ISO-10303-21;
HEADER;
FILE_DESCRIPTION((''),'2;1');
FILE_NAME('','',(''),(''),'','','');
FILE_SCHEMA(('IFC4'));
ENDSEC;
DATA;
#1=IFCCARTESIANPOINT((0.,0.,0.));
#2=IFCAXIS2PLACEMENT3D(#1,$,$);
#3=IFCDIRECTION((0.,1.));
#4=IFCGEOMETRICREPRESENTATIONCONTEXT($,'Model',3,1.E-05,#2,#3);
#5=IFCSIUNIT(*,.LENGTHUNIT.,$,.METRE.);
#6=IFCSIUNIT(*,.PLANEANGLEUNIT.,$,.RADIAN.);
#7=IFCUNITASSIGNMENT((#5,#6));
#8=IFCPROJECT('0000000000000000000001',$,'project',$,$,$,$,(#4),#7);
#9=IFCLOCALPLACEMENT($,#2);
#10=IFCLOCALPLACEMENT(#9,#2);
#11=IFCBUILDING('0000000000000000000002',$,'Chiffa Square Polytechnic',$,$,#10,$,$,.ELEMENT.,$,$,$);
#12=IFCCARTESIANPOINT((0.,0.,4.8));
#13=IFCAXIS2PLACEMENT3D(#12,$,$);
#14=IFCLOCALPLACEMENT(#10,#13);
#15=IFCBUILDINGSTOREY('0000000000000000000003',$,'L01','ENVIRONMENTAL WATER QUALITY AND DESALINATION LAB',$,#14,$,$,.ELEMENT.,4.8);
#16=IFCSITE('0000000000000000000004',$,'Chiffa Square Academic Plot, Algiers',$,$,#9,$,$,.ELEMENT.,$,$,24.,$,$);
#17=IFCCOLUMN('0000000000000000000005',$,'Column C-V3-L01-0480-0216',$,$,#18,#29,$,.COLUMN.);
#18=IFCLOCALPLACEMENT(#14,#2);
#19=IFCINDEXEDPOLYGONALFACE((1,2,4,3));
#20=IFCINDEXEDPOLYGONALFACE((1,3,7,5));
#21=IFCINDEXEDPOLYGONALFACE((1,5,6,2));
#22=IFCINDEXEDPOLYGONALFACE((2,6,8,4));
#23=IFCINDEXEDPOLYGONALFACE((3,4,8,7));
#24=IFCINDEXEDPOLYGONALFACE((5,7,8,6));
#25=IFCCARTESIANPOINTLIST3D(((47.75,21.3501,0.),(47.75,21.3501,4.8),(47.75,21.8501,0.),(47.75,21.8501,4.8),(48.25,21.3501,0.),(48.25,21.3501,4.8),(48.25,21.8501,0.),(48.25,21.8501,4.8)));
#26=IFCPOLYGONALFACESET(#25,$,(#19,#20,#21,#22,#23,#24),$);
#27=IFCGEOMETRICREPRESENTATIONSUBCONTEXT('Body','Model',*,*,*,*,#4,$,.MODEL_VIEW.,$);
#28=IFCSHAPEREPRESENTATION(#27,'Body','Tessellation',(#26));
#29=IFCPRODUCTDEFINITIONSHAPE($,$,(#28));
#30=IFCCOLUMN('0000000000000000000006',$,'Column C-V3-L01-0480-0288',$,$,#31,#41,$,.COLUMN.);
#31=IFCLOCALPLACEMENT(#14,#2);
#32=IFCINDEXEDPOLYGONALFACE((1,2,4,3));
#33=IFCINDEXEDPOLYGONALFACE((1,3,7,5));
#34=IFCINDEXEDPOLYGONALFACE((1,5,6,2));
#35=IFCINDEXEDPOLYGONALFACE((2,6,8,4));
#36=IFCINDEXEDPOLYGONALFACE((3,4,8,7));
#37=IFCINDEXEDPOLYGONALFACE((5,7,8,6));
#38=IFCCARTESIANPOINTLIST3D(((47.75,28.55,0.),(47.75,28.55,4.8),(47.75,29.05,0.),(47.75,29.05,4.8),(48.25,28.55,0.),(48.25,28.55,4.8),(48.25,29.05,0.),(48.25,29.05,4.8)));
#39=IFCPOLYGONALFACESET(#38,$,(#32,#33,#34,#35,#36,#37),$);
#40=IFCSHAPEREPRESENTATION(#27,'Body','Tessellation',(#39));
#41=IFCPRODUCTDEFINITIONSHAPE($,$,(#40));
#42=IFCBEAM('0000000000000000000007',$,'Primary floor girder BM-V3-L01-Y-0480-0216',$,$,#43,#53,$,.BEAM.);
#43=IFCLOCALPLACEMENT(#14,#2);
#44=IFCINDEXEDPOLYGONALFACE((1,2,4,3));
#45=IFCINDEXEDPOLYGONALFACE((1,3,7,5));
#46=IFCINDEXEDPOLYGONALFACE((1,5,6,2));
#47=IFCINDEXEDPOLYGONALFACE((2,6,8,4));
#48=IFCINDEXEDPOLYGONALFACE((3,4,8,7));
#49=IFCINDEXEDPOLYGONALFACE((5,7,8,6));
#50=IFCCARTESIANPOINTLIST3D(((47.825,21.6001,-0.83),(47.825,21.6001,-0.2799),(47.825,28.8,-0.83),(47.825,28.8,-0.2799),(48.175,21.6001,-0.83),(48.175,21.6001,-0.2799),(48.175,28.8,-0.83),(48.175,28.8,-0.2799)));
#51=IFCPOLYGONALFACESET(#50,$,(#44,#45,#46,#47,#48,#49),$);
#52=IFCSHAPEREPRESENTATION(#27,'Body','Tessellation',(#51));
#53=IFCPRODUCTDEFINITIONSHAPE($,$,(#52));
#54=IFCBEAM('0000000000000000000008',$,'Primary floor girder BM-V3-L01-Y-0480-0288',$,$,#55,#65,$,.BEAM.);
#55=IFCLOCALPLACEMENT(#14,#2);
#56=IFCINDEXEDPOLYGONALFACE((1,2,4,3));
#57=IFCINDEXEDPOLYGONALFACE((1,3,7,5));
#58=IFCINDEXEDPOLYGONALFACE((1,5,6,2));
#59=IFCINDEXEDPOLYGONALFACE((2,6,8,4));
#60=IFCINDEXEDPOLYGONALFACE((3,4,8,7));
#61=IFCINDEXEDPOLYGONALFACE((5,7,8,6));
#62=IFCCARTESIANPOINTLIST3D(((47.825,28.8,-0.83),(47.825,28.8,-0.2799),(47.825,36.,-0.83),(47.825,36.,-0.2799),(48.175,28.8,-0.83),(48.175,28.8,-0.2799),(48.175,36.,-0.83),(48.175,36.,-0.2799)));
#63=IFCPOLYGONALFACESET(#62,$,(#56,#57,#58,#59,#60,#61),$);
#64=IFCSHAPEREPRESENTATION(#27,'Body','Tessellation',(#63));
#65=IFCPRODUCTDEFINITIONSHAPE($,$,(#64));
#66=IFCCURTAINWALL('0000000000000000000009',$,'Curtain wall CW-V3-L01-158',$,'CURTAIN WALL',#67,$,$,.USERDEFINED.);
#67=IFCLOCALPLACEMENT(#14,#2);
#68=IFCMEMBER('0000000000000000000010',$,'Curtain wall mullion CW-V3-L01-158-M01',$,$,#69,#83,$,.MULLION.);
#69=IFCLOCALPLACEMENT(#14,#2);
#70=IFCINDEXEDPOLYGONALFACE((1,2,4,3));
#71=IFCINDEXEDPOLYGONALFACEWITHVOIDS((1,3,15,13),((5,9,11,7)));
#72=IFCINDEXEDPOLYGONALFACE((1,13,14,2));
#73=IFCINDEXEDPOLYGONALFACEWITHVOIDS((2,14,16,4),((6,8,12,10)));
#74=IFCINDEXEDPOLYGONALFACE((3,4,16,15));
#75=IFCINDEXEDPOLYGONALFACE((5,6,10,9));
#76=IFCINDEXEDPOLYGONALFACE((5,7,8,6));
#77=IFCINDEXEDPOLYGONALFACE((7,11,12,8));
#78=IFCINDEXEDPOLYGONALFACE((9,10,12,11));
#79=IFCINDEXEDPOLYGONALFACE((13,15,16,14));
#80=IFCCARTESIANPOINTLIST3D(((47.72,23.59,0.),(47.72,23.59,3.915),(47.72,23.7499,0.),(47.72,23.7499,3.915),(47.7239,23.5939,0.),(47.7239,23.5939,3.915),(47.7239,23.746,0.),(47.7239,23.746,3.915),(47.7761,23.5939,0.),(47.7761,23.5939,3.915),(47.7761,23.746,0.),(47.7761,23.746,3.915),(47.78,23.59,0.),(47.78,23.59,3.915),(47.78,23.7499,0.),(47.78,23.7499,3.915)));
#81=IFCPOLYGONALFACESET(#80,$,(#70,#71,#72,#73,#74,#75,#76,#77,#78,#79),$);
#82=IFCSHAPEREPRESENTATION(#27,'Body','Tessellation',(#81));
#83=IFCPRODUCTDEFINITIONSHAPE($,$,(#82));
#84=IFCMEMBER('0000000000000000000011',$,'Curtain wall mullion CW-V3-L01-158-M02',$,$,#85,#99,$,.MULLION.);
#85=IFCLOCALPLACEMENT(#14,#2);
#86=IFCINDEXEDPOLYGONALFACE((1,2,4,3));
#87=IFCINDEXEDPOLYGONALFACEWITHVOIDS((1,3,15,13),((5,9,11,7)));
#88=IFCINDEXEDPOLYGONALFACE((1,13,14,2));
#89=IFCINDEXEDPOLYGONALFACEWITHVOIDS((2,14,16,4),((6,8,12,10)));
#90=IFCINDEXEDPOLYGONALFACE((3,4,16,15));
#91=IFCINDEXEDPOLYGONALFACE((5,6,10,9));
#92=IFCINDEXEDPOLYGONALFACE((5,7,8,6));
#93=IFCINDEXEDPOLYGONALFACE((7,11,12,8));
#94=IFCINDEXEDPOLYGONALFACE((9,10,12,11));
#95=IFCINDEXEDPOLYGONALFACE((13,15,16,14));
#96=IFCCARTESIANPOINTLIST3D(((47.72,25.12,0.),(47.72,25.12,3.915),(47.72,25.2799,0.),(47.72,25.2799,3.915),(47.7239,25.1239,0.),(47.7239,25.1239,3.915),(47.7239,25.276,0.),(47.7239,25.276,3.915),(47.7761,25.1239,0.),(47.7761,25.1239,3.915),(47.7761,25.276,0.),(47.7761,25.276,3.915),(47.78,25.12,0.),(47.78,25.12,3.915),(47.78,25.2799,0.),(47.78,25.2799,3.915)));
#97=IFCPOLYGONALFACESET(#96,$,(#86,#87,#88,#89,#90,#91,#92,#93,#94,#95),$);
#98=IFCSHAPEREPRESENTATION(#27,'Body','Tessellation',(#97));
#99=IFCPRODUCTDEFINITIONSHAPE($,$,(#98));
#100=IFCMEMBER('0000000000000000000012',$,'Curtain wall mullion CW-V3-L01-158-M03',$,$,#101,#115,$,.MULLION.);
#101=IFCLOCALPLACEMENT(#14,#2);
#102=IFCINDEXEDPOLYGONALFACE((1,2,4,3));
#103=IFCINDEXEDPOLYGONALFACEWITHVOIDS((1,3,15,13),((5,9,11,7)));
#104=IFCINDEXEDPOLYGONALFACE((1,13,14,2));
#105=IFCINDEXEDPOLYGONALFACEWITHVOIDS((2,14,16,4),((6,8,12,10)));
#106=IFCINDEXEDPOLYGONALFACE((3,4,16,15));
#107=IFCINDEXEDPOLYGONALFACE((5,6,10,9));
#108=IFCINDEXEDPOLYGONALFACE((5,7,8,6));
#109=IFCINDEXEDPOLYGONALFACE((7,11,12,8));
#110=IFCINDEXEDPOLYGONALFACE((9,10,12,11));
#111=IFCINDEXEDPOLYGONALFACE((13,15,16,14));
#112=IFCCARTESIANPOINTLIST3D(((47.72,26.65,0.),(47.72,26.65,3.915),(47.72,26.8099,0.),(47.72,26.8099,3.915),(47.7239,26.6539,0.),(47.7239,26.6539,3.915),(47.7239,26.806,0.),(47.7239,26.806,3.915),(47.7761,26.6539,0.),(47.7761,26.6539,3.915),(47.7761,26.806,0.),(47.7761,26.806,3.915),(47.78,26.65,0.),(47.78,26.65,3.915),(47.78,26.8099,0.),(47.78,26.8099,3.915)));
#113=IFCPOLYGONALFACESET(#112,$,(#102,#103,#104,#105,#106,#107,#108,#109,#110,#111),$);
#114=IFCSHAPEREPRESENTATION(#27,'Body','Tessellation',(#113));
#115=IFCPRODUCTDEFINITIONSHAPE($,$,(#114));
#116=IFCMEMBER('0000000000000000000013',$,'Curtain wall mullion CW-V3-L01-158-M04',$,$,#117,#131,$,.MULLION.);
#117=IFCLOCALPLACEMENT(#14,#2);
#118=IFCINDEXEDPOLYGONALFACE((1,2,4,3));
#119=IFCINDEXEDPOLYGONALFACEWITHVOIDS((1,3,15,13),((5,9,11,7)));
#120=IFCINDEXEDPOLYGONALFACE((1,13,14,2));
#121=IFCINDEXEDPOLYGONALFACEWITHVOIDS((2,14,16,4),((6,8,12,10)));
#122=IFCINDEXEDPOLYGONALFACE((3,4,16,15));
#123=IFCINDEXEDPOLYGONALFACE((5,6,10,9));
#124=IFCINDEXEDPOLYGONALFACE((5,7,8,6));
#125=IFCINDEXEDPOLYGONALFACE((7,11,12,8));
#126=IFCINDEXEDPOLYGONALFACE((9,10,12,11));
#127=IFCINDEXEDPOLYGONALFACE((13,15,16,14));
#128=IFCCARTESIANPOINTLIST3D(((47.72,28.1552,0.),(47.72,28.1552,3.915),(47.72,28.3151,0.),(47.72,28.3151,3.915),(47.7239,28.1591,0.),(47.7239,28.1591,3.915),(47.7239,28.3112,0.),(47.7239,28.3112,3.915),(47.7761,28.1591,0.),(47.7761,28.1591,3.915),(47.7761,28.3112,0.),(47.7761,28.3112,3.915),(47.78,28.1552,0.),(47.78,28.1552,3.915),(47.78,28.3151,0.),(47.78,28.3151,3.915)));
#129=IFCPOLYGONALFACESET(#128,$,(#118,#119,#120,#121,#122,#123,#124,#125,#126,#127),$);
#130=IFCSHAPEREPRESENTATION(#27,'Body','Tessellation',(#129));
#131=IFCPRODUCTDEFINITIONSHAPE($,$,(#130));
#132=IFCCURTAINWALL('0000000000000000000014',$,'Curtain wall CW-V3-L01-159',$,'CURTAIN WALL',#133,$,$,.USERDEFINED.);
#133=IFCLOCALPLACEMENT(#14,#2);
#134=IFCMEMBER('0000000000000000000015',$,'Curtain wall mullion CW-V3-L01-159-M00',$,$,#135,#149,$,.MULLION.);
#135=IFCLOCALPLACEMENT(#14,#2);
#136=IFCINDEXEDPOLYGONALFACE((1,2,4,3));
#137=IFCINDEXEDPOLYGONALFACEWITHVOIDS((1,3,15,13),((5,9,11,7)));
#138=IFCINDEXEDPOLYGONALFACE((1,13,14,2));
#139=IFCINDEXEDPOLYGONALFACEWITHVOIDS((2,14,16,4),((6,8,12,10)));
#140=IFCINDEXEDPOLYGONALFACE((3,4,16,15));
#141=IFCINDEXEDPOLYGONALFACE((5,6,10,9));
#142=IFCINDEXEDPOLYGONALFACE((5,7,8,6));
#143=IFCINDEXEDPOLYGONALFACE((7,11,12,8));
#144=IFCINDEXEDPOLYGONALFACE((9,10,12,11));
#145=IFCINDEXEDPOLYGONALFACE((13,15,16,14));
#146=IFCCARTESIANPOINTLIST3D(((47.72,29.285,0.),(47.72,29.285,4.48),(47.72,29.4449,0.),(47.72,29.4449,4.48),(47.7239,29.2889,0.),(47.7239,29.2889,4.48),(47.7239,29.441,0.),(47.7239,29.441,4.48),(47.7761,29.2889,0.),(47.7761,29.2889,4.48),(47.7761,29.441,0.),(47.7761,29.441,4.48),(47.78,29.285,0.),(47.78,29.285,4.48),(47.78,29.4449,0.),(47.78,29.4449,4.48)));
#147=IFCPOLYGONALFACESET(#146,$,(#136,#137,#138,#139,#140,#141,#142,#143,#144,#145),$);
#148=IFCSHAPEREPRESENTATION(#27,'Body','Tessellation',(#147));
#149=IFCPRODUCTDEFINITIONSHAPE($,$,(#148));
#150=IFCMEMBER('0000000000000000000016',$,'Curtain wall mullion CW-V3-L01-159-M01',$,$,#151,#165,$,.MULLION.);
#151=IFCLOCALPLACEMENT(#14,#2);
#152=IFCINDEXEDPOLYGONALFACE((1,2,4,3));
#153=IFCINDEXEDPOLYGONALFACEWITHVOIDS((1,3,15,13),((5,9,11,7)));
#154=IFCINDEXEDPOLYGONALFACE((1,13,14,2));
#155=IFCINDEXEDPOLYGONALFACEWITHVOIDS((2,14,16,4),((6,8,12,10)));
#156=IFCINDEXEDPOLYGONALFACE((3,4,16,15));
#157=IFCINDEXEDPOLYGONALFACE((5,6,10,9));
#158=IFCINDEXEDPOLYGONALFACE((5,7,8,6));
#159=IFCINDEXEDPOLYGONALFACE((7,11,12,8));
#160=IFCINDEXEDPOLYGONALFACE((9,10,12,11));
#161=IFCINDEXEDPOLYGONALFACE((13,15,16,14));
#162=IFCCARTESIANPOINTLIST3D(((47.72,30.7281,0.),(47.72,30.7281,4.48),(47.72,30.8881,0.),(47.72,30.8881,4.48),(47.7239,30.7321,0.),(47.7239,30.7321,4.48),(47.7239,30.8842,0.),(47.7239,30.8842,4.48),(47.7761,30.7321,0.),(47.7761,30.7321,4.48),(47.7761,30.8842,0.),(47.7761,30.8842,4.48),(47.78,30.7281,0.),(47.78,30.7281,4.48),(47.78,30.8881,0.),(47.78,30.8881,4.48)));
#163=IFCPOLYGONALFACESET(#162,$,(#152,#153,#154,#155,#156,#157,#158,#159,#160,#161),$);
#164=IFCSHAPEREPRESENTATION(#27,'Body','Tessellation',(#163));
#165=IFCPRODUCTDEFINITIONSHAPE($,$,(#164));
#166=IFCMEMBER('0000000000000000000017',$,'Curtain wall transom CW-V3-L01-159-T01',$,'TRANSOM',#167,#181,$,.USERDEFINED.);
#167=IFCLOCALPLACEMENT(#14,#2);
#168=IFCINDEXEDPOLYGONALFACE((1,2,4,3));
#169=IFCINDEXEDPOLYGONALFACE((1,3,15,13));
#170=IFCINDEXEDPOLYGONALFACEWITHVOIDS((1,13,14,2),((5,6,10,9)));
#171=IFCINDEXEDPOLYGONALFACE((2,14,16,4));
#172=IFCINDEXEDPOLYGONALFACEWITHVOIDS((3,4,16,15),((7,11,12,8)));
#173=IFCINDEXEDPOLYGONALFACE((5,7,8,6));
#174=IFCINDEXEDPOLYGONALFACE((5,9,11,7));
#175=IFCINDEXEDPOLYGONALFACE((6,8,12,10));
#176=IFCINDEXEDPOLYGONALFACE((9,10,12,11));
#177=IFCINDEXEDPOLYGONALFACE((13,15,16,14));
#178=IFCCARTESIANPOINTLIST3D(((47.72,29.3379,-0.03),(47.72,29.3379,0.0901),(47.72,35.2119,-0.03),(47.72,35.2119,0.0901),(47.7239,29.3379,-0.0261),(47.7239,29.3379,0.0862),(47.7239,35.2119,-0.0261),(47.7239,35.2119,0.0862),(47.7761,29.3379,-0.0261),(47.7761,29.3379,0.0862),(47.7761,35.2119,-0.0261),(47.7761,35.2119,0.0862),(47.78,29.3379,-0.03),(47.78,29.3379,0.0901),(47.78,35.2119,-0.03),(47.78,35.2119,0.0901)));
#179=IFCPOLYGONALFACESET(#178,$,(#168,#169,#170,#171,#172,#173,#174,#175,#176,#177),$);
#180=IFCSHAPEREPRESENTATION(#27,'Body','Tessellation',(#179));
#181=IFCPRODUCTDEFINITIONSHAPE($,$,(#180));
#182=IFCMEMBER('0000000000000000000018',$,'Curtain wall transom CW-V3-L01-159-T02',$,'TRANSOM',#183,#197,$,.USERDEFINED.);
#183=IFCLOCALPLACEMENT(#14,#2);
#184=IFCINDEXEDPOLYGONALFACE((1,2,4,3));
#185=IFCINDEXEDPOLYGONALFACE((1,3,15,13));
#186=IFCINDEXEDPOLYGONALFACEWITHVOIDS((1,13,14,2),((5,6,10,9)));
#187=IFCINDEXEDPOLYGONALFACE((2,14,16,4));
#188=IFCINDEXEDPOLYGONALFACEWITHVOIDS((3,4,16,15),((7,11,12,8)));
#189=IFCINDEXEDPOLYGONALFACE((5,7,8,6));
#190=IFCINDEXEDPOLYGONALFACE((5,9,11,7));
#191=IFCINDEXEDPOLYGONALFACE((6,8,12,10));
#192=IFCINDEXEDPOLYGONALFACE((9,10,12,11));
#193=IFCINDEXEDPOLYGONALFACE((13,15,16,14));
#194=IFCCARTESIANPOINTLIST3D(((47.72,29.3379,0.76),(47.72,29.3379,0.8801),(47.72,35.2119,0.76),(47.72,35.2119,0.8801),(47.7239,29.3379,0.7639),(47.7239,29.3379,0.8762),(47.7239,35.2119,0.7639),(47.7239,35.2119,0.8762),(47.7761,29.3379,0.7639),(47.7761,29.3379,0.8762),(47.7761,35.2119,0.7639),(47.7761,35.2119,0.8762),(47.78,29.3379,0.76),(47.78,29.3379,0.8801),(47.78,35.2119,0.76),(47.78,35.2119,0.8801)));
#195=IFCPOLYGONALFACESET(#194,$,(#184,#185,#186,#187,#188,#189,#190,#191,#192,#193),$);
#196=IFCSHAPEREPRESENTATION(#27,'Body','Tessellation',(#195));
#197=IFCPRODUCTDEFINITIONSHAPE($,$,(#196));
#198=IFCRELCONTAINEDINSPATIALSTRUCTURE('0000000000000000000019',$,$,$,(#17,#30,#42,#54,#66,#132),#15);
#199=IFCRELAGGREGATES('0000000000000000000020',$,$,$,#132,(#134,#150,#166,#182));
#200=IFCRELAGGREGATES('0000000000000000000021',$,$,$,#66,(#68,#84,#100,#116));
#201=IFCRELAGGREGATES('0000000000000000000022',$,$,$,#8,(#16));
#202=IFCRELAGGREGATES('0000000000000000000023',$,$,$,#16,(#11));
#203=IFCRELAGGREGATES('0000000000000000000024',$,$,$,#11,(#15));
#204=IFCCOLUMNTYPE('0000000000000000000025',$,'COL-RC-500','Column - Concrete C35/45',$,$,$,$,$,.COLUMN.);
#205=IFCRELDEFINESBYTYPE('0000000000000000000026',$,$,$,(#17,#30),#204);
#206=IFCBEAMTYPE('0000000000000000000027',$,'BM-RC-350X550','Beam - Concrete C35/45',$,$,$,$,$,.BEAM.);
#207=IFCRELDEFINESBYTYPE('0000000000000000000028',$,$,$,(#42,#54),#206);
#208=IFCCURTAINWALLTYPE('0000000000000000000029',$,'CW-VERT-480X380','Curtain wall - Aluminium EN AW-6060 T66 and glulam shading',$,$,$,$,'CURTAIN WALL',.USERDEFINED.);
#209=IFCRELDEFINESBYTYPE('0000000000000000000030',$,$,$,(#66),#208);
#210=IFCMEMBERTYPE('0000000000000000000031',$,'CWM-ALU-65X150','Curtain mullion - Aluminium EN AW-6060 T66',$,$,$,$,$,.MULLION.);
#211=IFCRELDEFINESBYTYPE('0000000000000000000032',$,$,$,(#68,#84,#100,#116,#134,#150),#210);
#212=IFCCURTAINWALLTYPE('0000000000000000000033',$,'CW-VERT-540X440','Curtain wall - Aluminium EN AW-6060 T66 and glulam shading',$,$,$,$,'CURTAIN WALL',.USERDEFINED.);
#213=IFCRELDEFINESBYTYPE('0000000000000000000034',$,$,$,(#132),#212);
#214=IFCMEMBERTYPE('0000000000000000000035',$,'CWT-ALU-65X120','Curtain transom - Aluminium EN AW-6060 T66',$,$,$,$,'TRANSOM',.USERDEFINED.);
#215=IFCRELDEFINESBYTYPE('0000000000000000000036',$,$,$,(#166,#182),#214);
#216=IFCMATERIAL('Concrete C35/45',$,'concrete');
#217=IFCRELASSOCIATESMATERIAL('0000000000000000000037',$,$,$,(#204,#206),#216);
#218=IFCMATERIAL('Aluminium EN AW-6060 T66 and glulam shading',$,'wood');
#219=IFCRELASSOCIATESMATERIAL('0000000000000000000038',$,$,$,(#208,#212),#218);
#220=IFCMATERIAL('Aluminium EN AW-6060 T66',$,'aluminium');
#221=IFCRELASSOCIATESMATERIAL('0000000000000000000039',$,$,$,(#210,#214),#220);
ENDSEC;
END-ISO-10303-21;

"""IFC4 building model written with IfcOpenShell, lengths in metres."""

from ifc_helpers import new_model, si_unit, direction, frame, origin, origin_2d, place, context, subcontext, project, spatial, rectangle, hollow_rectangle, extrude, material, material_profile, profile_set, type_object, element, aggregate, save


model = new_model("IFC4")

# Units and contexts
model_context = context("Model", 3, precision=1e-05, world=origin(), true_north=direction((0.0, 1.0)))
body_context = subcontext(model_context, "Body", "Model", "MODEL_VIEW")
ifc_project = project(units=[si_unit("LENGTHUNIT", "METRE"), si_unit("PLANEANGLEUNIT", "RADIAN")], contexts=[model_context])

# Site, building, storey
site_placement = place(None, origin())
site = spatial("IfcSite", under=ifc_project, at=site_placement, Name="Chiffa Square Academic Plot, Algiers", CompositionType="ELEMENT", RefElevation=24.0)
building_placement = place(site_placement, origin())
building = spatial("IfcBuilding", under=site, at=building_placement, Name="Chiffa Square Polytechnic", CompositionType="ELEMENT")
storey_placement = place(building_placement, frame((0.0, 0.0, 4.8)))
storey = spatial("IfcBuildingStorey", under=building, at=storey_placement, Name="L01", Description="ENVIRONMENTAL WATER QUALITY AND DESALINATION LAB", CompositionType="ELEMENT", Elevation=4.8)

# Columns
ifc_material_1 = material(Name="Concrete C35/45", Category="concrete")
ifc_material_profile_1 = material_profile(ifc_material_1, rectangle(XDim=0.5, YDim=0.5, at=origin_2d()), Name="RC 500x500")
ifc_profile_set_1 = profile_set([ifc_material_profile_1], Name="Concrete C35/45")
column_type = type_object("IfcColumnType", Name="COL-RC-500", Description="Column - Concrete C35/45", PredefinedType="COLUMN", material=ifc_profile_set_1)
for number, where, z_axis, x_axis, name in (
    (1, (48.0, 21.6001, 0.0), (0.0, 0.0, 1.0), (1.0, 0.0, 0.0), "Column C-V3-L01-0480-0216"),
    (2, (48.0, 28.8, 0.0), (0.0, 0.0, 1.0), (1.0, 0.0, 0.0), "Column C-V3-L01-0480-0288"),
):
    element("IfcColumn", number, at=place(storey_placement, frame(where, z_axis=z_axis, x_axis=x_axis)), inside=storey, type_object=column_type, Name=name, PredefinedType="COLUMN", context=body_context, shape_type="SweptSolid", body=[
        extrude(rectangle(XDim=0.5, YDim=0.5, at=origin_2d()), origin(), (0.0, 0.0, 1.0), 4.8),
    ])

# Beams
ifc_material_profile_2 = material_profile(ifc_material_1, rectangle(XDim=0.3501, YDim=0.55, at=origin_2d()), Name="RC 350x550")
ifc_profile_set_2 = profile_set([ifc_material_profile_2], Name="Concrete C35/45")
beam_type = type_object("IfcBeamType", Name="BM-RC-350X550", Description="Beam - Concrete C35/45", PredefinedType="BEAM", material=ifc_profile_set_2)
for number, where, z_axis, x_axis, name in (
    (3, (48.0, 21.6001, -0.5549), (0.0, 1.0, 0.0), (-1.0, 0.0, 0.0), "Primary floor girder BM-V3-L01-Y-0480-0216"),
    (4, (48.0, 28.8, -0.5549), (0.0, 1.0, 0.0), (-1.0, 0.0, 0.0), "Primary floor girder BM-V3-L01-Y-0480-0288"),
):
    element("IfcBeam", number, at=place(storey_placement, frame(where, z_axis=z_axis, x_axis=x_axis)), inside=storey, type_object=beam_type, Name=name, PredefinedType="BEAM", context=body_context, shape_type="SweptSolid", body=[
        extrude(rectangle(XDim=0.3501, YDim=0.55, at=origin_2d()), origin(), (0.0, 0.0, 1.0), 7.2),
    ])

# Curtain wall, members
ifc_material_2 = material(Name="Aluminium EN AW-6060 T66 and glulam shading", Category="wood")
curtain_wall_type_1 = type_object("IfcCurtainWallType", Name="CW-VERT-480X380", Description="Curtain wall - Aluminium EN AW-6060 T66 and glulam shading", ElementType="CURTAIN WALL", PredefinedType="USERDEFINED", material=ifc_material_2)
curtain_wall_1_placement = place(storey_placement, origin())
curtain_wall_1 = element("IfcCurtainWall", 5, at=curtain_wall_1_placement, inside=storey, type_object=curtain_wall_type_1, Name="Curtain wall CW-V3-L01-158", ObjectType="CURTAIN WALL", PredefinedType="USERDEFINED")
ifc_material_3 = material(Name="Aluminium EN AW-6060 T66", Category="aluminium")
ifc_material_profile_3 = material_profile(ifc_material_3, hollow_rectangle(XDim=0.0601, YDim=0.1599, WallThickness=0.0039, at=origin_2d()), Name="ALU 60x160x4")
ifc_profile_set_3 = profile_set([ifc_material_profile_3], Name="Aluminium EN AW-6060 T66")
member_type_1 = type_object("IfcMemberType", Name="CWM-ALU-65X150", Description="Curtain mullion - Aluminium EN AW-6060 T66", PredefinedType="MULLION", material=ifc_profile_set_3)
member_1_placement = place(storey_placement, frame((47.75, 23.6699, 0.0), z_axis=(0.0, 0.0, 1.0), x_axis=(1.0, 0.0, 0.0)))
member_1 = element("IfcMember", 6, at=member_1_placement, type_object=member_type_1, Name="Curtain wall mullion CW-V3-L01-158-M01", PredefinedType="MULLION", context=body_context, shape_type="SweptSolid", body=[
    extrude(hollow_rectangle(XDim=0.0601, YDim=0.1599, WallThickness=0.0039, at=origin_2d()), origin(), (0.0, 0.0, 1.0), 3.915),
])
member_2_placement = place(storey_placement, frame((47.75, 25.2, 0.0), z_axis=(0.0, 0.0, 1.0), x_axis=(1.0, 0.0, 0.0)))
member_2 = element("IfcMember", 7, at=member_2_placement, type_object=member_type_1, Name="Curtain wall mullion CW-V3-L01-158-M02", PredefinedType="MULLION", context=body_context, shape_type="SweptSolid", body=[
    extrude(hollow_rectangle(XDim=0.0601, YDim=0.1599, WallThickness=0.0039, at=origin_2d()), origin(), (0.0, 0.0, 1.0), 3.915),
])
member_3_placement = place(storey_placement, frame((47.75, 26.73, 0.0), z_axis=(0.0, 0.0, 1.0), x_axis=(1.0, 0.0, 0.0)))
member_3 = element("IfcMember", 8, at=member_3_placement, type_object=member_type_1, Name="Curtain wall mullion CW-V3-L01-158-M03", PredefinedType="MULLION", context=body_context, shape_type="SweptSolid", body=[
    extrude(hollow_rectangle(XDim=0.0601, YDim=0.1599, WallThickness=0.0039, at=origin_2d()), origin(), (0.0, 0.0, 1.0), 3.915),
])
member_4_placement = place(storey_placement, frame((47.75, 28.2351, 0.0), z_axis=(0.0, 0.0, 1.0), x_axis=(1.0, 0.0, 0.0)))
member_4 = element("IfcMember", 9, at=member_4_placement, type_object=member_type_1, Name="Curtain wall mullion CW-V3-L01-158-M04", PredefinedType="MULLION", context=body_context, shape_type="SweptSolid", body=[
    extrude(hollow_rectangle(XDim=0.0601, YDim=0.1599, WallThickness=0.0039, at=origin_2d()), origin(), (0.0, 0.0, 1.0), 3.915),
])

# Curtain wall, members
curtain_wall_type_2 = type_object("IfcCurtainWallType", Name="CW-VERT-540X440", Description="Curtain wall - Aluminium EN AW-6060 T66 and glulam shading", ElementType="CURTAIN WALL", PredefinedType="USERDEFINED", material=ifc_material_2)
curtain_wall_2_placement = place(storey_placement, origin())
curtain_wall_2 = element("IfcCurtainWall", 10, at=curtain_wall_2_placement, inside=storey, type_object=curtain_wall_type_2, Name="Curtain wall CW-V3-L01-159", ObjectType="CURTAIN WALL", PredefinedType="USERDEFINED")
member_5_placement = place(storey_placement, frame((47.75, 29.365, 0.0), z_axis=(0.0, 0.0, 1.0), x_axis=(1.0, 0.0, 0.0)))
member_5 = element("IfcMember", 11, at=member_5_placement, type_object=member_type_1, Name="Curtain wall mullion CW-V3-L01-159-M00", PredefinedType="MULLION", context=body_context, shape_type="SweptSolid", body=[
    extrude(hollow_rectangle(XDim=0.0601, YDim=0.1599, WallThickness=0.0039, at=origin_2d()), origin(), (0.0, 0.0, 1.0), 4.48),
])
member_6_placement = place(storey_placement, frame((47.75, 30.8081, 0.0), z_axis=(0.0, 0.0, 1.0), x_axis=(1.0, 0.0, 0.0)))
member_6 = element("IfcMember", 12, at=member_6_placement, type_object=member_type_1, Name="Curtain wall mullion CW-V3-L01-159-M01", PredefinedType="MULLION", context=body_context, shape_type="SweptSolid", body=[
    extrude(hollow_rectangle(XDim=0.0601, YDim=0.1599, WallThickness=0.0039, at=origin_2d()), origin(), (0.0, 0.0, 1.0), 4.48),
])
ifc_material_profile_4 = material_profile(ifc_material_3, hollow_rectangle(XDim=0.0601, YDim=0.1201, WallThickness=0.0039, at=origin_2d()), Name="ALU 60x120x4")
ifc_profile_set_4 = profile_set([ifc_material_profile_4], Name="Aluminium EN AW-6060 T66")
member_type_2 = type_object("IfcMemberType", Name="CWT-ALU-65X120", Description="Curtain transom - Aluminium EN AW-6060 T66", ElementType="TRANSOM", PredefinedType="USERDEFINED", material=ifc_profile_set_4)
member_7_placement = place(storey_placement, frame((47.75, 29.3379, 0.03), z_axis=(0.0, 1.0, 0.0), x_axis=(-1.0, 0.0, 0.0)))
member_7 = element("IfcMember", 13, at=member_7_placement, type_object=member_type_2, Name="Curtain wall transom CW-V3-L01-159-T01", ObjectType="TRANSOM", PredefinedType="USERDEFINED", context=body_context, shape_type="SweptSolid", body=[
    extrude(hollow_rectangle(XDim=0.0601, YDim=0.1201, WallThickness=0.0039, at=origin_2d()), origin(), (0.0, 0.0, 1.0), 5.874),
])
member_8_placement = place(storey_placement, frame((47.75, 29.3379, 0.8201), z_axis=(0.0, 1.0, 0.0), x_axis=(-1.0, 0.0, 0.0)))
member_8 = element("IfcMember", 14, at=member_8_placement, type_object=member_type_2, Name="Curtain wall transom CW-V3-L01-159-T02", ObjectType="TRANSOM", PredefinedType="USERDEFINED", context=body_context, shape_type="SweptSolid", body=[
    extrude(hollow_rectangle(XDim=0.0601, YDim=0.1201, WallThickness=0.0039, at=origin_2d()), origin(), (0.0, 0.0, 1.0), 5.874),
])

aggregate(curtain_wall_2, [member_5, member_6, member_7, member_8])
aggregate(curtain_wall_1, [member_1, member_2, member_3, member_4])

save(model, "model.ifc")
